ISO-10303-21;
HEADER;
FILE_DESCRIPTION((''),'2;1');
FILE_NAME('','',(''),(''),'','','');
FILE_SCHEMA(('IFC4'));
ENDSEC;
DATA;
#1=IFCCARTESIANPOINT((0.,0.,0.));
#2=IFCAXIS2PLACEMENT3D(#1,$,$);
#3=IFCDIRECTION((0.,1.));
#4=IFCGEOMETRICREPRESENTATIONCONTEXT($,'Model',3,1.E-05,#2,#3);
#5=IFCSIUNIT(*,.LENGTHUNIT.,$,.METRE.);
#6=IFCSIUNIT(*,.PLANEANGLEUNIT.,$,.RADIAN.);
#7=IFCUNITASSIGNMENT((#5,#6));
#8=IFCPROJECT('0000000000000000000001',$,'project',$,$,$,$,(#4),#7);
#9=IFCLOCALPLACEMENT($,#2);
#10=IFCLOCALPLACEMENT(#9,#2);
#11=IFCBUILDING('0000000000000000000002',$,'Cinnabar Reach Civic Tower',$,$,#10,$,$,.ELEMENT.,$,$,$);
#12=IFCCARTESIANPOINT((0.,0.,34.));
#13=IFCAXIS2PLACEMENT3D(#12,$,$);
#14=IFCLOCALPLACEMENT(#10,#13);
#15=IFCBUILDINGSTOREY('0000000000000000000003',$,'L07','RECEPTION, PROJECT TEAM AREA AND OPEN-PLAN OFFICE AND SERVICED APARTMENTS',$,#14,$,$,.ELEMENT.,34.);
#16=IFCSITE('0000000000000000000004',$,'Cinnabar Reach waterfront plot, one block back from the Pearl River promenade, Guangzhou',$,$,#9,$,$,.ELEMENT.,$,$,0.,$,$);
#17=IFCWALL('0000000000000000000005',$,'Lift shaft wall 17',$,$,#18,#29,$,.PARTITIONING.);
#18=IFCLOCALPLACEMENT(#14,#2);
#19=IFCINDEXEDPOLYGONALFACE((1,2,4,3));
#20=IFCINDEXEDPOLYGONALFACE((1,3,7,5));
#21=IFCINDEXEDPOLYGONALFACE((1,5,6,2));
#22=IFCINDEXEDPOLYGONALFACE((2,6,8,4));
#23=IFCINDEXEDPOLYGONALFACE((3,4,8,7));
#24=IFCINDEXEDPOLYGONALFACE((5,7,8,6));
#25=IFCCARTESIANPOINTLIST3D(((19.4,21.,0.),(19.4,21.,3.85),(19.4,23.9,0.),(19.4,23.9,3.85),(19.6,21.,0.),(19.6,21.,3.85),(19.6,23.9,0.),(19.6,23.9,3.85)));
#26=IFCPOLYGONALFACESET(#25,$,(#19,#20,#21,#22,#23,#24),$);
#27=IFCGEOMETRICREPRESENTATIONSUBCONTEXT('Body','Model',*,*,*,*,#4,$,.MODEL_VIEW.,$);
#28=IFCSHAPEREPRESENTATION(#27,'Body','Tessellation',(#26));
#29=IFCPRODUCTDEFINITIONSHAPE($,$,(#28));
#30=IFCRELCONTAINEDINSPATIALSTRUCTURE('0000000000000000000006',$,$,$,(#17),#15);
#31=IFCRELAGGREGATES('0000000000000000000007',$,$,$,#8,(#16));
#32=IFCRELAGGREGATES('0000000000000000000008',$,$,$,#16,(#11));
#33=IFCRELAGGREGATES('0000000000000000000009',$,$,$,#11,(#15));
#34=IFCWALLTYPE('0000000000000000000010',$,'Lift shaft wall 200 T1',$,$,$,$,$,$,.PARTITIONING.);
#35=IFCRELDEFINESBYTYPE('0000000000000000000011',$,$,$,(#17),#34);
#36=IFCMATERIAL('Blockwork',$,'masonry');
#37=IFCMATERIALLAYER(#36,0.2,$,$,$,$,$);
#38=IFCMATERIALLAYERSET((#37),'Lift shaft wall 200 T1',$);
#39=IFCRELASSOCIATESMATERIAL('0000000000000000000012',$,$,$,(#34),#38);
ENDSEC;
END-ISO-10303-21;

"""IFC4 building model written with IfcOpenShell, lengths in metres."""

from ifc_helpers import new_model, si_unit, direction, frame, frame_2d, origin, place, context, subcontext, project, spatial, rectangle, extrude, material, layer, layer_set, type_object, element, save


model = new_model("IFC4")

# Units and contexts
model_context = context("Model", 3, precision=1e-05, world=origin(), true_north=direction((0.0, 1.0)))
body_context = subcontext(model_context, "Body", "Model", "MODEL_VIEW")
ifc_project = project(units=[si_unit("LENGTHUNIT", "METRE"), si_unit("PLANEANGLEUNIT", "RADIAN")], contexts=[model_context])

# Site, building, storey
site_placement = place(None, origin())
site = spatial("IfcSite", under=ifc_project, at=site_placement, Name="Cinnabar Reach waterfront plot, one block back from the Pearl River promenade, Guangzhou", CompositionType="ELEMENT", RefElevation=0.0)
building_placement = place(site_placement, origin())
building = spatial("IfcBuilding", under=site, at=building_placement, Name="Cinnabar Reach Civic Tower", CompositionType="ELEMENT")
storey_placement = place(building_placement, frame((0.0, 0.0, 34.0)))
storey = spatial("IfcBuildingStorey", under=building, at=storey_placement, Name="L07", Description="RECEPTION, PROJECT TEAM AREA AND OPEN-PLAN OFFICE AND SERVICED APARTMENTS", CompositionType="ELEMENT", Elevation=34.0)

# Wall
ifc_material_1 = material(Name="Blockwork", Category="masonry")
ifc_layer_1 = layer(ifc_material_1, 0.2)
ifc_layer_set_1 = layer_set([ifc_layer_1], Name="Lift shaft wall 200 T1")
wall_type_1 = type_object("IfcWallType", Name="Lift shaft wall 200 T1", PredefinedType="PARTITIONING", material=ifc_layer_set_1)
for number, where, z_axis, x_axis, name in (
    (1, (19.5, 21.0, 0.0), (0.0, 0.0, 1.0), (0.0, 1.0, 0.0), "Lift shaft wall 17"),
):
    element("IfcWall", number, at=place(storey_placement, frame(where, z_axis=z_axis, x_axis=x_axis)), inside=storey, type_object=wall_type_1, Name=name, PredefinedType="PARTITIONING", context=body_context, shape_type="SweptSolid", body=[
        extrude(rectangle(XDim=2.9, YDim=0.2, at=frame_2d((1.45, 0.0))), origin(), (0.0, 0.0, 1.0), 3.85),
    ])

save(model, "model.ifc")
